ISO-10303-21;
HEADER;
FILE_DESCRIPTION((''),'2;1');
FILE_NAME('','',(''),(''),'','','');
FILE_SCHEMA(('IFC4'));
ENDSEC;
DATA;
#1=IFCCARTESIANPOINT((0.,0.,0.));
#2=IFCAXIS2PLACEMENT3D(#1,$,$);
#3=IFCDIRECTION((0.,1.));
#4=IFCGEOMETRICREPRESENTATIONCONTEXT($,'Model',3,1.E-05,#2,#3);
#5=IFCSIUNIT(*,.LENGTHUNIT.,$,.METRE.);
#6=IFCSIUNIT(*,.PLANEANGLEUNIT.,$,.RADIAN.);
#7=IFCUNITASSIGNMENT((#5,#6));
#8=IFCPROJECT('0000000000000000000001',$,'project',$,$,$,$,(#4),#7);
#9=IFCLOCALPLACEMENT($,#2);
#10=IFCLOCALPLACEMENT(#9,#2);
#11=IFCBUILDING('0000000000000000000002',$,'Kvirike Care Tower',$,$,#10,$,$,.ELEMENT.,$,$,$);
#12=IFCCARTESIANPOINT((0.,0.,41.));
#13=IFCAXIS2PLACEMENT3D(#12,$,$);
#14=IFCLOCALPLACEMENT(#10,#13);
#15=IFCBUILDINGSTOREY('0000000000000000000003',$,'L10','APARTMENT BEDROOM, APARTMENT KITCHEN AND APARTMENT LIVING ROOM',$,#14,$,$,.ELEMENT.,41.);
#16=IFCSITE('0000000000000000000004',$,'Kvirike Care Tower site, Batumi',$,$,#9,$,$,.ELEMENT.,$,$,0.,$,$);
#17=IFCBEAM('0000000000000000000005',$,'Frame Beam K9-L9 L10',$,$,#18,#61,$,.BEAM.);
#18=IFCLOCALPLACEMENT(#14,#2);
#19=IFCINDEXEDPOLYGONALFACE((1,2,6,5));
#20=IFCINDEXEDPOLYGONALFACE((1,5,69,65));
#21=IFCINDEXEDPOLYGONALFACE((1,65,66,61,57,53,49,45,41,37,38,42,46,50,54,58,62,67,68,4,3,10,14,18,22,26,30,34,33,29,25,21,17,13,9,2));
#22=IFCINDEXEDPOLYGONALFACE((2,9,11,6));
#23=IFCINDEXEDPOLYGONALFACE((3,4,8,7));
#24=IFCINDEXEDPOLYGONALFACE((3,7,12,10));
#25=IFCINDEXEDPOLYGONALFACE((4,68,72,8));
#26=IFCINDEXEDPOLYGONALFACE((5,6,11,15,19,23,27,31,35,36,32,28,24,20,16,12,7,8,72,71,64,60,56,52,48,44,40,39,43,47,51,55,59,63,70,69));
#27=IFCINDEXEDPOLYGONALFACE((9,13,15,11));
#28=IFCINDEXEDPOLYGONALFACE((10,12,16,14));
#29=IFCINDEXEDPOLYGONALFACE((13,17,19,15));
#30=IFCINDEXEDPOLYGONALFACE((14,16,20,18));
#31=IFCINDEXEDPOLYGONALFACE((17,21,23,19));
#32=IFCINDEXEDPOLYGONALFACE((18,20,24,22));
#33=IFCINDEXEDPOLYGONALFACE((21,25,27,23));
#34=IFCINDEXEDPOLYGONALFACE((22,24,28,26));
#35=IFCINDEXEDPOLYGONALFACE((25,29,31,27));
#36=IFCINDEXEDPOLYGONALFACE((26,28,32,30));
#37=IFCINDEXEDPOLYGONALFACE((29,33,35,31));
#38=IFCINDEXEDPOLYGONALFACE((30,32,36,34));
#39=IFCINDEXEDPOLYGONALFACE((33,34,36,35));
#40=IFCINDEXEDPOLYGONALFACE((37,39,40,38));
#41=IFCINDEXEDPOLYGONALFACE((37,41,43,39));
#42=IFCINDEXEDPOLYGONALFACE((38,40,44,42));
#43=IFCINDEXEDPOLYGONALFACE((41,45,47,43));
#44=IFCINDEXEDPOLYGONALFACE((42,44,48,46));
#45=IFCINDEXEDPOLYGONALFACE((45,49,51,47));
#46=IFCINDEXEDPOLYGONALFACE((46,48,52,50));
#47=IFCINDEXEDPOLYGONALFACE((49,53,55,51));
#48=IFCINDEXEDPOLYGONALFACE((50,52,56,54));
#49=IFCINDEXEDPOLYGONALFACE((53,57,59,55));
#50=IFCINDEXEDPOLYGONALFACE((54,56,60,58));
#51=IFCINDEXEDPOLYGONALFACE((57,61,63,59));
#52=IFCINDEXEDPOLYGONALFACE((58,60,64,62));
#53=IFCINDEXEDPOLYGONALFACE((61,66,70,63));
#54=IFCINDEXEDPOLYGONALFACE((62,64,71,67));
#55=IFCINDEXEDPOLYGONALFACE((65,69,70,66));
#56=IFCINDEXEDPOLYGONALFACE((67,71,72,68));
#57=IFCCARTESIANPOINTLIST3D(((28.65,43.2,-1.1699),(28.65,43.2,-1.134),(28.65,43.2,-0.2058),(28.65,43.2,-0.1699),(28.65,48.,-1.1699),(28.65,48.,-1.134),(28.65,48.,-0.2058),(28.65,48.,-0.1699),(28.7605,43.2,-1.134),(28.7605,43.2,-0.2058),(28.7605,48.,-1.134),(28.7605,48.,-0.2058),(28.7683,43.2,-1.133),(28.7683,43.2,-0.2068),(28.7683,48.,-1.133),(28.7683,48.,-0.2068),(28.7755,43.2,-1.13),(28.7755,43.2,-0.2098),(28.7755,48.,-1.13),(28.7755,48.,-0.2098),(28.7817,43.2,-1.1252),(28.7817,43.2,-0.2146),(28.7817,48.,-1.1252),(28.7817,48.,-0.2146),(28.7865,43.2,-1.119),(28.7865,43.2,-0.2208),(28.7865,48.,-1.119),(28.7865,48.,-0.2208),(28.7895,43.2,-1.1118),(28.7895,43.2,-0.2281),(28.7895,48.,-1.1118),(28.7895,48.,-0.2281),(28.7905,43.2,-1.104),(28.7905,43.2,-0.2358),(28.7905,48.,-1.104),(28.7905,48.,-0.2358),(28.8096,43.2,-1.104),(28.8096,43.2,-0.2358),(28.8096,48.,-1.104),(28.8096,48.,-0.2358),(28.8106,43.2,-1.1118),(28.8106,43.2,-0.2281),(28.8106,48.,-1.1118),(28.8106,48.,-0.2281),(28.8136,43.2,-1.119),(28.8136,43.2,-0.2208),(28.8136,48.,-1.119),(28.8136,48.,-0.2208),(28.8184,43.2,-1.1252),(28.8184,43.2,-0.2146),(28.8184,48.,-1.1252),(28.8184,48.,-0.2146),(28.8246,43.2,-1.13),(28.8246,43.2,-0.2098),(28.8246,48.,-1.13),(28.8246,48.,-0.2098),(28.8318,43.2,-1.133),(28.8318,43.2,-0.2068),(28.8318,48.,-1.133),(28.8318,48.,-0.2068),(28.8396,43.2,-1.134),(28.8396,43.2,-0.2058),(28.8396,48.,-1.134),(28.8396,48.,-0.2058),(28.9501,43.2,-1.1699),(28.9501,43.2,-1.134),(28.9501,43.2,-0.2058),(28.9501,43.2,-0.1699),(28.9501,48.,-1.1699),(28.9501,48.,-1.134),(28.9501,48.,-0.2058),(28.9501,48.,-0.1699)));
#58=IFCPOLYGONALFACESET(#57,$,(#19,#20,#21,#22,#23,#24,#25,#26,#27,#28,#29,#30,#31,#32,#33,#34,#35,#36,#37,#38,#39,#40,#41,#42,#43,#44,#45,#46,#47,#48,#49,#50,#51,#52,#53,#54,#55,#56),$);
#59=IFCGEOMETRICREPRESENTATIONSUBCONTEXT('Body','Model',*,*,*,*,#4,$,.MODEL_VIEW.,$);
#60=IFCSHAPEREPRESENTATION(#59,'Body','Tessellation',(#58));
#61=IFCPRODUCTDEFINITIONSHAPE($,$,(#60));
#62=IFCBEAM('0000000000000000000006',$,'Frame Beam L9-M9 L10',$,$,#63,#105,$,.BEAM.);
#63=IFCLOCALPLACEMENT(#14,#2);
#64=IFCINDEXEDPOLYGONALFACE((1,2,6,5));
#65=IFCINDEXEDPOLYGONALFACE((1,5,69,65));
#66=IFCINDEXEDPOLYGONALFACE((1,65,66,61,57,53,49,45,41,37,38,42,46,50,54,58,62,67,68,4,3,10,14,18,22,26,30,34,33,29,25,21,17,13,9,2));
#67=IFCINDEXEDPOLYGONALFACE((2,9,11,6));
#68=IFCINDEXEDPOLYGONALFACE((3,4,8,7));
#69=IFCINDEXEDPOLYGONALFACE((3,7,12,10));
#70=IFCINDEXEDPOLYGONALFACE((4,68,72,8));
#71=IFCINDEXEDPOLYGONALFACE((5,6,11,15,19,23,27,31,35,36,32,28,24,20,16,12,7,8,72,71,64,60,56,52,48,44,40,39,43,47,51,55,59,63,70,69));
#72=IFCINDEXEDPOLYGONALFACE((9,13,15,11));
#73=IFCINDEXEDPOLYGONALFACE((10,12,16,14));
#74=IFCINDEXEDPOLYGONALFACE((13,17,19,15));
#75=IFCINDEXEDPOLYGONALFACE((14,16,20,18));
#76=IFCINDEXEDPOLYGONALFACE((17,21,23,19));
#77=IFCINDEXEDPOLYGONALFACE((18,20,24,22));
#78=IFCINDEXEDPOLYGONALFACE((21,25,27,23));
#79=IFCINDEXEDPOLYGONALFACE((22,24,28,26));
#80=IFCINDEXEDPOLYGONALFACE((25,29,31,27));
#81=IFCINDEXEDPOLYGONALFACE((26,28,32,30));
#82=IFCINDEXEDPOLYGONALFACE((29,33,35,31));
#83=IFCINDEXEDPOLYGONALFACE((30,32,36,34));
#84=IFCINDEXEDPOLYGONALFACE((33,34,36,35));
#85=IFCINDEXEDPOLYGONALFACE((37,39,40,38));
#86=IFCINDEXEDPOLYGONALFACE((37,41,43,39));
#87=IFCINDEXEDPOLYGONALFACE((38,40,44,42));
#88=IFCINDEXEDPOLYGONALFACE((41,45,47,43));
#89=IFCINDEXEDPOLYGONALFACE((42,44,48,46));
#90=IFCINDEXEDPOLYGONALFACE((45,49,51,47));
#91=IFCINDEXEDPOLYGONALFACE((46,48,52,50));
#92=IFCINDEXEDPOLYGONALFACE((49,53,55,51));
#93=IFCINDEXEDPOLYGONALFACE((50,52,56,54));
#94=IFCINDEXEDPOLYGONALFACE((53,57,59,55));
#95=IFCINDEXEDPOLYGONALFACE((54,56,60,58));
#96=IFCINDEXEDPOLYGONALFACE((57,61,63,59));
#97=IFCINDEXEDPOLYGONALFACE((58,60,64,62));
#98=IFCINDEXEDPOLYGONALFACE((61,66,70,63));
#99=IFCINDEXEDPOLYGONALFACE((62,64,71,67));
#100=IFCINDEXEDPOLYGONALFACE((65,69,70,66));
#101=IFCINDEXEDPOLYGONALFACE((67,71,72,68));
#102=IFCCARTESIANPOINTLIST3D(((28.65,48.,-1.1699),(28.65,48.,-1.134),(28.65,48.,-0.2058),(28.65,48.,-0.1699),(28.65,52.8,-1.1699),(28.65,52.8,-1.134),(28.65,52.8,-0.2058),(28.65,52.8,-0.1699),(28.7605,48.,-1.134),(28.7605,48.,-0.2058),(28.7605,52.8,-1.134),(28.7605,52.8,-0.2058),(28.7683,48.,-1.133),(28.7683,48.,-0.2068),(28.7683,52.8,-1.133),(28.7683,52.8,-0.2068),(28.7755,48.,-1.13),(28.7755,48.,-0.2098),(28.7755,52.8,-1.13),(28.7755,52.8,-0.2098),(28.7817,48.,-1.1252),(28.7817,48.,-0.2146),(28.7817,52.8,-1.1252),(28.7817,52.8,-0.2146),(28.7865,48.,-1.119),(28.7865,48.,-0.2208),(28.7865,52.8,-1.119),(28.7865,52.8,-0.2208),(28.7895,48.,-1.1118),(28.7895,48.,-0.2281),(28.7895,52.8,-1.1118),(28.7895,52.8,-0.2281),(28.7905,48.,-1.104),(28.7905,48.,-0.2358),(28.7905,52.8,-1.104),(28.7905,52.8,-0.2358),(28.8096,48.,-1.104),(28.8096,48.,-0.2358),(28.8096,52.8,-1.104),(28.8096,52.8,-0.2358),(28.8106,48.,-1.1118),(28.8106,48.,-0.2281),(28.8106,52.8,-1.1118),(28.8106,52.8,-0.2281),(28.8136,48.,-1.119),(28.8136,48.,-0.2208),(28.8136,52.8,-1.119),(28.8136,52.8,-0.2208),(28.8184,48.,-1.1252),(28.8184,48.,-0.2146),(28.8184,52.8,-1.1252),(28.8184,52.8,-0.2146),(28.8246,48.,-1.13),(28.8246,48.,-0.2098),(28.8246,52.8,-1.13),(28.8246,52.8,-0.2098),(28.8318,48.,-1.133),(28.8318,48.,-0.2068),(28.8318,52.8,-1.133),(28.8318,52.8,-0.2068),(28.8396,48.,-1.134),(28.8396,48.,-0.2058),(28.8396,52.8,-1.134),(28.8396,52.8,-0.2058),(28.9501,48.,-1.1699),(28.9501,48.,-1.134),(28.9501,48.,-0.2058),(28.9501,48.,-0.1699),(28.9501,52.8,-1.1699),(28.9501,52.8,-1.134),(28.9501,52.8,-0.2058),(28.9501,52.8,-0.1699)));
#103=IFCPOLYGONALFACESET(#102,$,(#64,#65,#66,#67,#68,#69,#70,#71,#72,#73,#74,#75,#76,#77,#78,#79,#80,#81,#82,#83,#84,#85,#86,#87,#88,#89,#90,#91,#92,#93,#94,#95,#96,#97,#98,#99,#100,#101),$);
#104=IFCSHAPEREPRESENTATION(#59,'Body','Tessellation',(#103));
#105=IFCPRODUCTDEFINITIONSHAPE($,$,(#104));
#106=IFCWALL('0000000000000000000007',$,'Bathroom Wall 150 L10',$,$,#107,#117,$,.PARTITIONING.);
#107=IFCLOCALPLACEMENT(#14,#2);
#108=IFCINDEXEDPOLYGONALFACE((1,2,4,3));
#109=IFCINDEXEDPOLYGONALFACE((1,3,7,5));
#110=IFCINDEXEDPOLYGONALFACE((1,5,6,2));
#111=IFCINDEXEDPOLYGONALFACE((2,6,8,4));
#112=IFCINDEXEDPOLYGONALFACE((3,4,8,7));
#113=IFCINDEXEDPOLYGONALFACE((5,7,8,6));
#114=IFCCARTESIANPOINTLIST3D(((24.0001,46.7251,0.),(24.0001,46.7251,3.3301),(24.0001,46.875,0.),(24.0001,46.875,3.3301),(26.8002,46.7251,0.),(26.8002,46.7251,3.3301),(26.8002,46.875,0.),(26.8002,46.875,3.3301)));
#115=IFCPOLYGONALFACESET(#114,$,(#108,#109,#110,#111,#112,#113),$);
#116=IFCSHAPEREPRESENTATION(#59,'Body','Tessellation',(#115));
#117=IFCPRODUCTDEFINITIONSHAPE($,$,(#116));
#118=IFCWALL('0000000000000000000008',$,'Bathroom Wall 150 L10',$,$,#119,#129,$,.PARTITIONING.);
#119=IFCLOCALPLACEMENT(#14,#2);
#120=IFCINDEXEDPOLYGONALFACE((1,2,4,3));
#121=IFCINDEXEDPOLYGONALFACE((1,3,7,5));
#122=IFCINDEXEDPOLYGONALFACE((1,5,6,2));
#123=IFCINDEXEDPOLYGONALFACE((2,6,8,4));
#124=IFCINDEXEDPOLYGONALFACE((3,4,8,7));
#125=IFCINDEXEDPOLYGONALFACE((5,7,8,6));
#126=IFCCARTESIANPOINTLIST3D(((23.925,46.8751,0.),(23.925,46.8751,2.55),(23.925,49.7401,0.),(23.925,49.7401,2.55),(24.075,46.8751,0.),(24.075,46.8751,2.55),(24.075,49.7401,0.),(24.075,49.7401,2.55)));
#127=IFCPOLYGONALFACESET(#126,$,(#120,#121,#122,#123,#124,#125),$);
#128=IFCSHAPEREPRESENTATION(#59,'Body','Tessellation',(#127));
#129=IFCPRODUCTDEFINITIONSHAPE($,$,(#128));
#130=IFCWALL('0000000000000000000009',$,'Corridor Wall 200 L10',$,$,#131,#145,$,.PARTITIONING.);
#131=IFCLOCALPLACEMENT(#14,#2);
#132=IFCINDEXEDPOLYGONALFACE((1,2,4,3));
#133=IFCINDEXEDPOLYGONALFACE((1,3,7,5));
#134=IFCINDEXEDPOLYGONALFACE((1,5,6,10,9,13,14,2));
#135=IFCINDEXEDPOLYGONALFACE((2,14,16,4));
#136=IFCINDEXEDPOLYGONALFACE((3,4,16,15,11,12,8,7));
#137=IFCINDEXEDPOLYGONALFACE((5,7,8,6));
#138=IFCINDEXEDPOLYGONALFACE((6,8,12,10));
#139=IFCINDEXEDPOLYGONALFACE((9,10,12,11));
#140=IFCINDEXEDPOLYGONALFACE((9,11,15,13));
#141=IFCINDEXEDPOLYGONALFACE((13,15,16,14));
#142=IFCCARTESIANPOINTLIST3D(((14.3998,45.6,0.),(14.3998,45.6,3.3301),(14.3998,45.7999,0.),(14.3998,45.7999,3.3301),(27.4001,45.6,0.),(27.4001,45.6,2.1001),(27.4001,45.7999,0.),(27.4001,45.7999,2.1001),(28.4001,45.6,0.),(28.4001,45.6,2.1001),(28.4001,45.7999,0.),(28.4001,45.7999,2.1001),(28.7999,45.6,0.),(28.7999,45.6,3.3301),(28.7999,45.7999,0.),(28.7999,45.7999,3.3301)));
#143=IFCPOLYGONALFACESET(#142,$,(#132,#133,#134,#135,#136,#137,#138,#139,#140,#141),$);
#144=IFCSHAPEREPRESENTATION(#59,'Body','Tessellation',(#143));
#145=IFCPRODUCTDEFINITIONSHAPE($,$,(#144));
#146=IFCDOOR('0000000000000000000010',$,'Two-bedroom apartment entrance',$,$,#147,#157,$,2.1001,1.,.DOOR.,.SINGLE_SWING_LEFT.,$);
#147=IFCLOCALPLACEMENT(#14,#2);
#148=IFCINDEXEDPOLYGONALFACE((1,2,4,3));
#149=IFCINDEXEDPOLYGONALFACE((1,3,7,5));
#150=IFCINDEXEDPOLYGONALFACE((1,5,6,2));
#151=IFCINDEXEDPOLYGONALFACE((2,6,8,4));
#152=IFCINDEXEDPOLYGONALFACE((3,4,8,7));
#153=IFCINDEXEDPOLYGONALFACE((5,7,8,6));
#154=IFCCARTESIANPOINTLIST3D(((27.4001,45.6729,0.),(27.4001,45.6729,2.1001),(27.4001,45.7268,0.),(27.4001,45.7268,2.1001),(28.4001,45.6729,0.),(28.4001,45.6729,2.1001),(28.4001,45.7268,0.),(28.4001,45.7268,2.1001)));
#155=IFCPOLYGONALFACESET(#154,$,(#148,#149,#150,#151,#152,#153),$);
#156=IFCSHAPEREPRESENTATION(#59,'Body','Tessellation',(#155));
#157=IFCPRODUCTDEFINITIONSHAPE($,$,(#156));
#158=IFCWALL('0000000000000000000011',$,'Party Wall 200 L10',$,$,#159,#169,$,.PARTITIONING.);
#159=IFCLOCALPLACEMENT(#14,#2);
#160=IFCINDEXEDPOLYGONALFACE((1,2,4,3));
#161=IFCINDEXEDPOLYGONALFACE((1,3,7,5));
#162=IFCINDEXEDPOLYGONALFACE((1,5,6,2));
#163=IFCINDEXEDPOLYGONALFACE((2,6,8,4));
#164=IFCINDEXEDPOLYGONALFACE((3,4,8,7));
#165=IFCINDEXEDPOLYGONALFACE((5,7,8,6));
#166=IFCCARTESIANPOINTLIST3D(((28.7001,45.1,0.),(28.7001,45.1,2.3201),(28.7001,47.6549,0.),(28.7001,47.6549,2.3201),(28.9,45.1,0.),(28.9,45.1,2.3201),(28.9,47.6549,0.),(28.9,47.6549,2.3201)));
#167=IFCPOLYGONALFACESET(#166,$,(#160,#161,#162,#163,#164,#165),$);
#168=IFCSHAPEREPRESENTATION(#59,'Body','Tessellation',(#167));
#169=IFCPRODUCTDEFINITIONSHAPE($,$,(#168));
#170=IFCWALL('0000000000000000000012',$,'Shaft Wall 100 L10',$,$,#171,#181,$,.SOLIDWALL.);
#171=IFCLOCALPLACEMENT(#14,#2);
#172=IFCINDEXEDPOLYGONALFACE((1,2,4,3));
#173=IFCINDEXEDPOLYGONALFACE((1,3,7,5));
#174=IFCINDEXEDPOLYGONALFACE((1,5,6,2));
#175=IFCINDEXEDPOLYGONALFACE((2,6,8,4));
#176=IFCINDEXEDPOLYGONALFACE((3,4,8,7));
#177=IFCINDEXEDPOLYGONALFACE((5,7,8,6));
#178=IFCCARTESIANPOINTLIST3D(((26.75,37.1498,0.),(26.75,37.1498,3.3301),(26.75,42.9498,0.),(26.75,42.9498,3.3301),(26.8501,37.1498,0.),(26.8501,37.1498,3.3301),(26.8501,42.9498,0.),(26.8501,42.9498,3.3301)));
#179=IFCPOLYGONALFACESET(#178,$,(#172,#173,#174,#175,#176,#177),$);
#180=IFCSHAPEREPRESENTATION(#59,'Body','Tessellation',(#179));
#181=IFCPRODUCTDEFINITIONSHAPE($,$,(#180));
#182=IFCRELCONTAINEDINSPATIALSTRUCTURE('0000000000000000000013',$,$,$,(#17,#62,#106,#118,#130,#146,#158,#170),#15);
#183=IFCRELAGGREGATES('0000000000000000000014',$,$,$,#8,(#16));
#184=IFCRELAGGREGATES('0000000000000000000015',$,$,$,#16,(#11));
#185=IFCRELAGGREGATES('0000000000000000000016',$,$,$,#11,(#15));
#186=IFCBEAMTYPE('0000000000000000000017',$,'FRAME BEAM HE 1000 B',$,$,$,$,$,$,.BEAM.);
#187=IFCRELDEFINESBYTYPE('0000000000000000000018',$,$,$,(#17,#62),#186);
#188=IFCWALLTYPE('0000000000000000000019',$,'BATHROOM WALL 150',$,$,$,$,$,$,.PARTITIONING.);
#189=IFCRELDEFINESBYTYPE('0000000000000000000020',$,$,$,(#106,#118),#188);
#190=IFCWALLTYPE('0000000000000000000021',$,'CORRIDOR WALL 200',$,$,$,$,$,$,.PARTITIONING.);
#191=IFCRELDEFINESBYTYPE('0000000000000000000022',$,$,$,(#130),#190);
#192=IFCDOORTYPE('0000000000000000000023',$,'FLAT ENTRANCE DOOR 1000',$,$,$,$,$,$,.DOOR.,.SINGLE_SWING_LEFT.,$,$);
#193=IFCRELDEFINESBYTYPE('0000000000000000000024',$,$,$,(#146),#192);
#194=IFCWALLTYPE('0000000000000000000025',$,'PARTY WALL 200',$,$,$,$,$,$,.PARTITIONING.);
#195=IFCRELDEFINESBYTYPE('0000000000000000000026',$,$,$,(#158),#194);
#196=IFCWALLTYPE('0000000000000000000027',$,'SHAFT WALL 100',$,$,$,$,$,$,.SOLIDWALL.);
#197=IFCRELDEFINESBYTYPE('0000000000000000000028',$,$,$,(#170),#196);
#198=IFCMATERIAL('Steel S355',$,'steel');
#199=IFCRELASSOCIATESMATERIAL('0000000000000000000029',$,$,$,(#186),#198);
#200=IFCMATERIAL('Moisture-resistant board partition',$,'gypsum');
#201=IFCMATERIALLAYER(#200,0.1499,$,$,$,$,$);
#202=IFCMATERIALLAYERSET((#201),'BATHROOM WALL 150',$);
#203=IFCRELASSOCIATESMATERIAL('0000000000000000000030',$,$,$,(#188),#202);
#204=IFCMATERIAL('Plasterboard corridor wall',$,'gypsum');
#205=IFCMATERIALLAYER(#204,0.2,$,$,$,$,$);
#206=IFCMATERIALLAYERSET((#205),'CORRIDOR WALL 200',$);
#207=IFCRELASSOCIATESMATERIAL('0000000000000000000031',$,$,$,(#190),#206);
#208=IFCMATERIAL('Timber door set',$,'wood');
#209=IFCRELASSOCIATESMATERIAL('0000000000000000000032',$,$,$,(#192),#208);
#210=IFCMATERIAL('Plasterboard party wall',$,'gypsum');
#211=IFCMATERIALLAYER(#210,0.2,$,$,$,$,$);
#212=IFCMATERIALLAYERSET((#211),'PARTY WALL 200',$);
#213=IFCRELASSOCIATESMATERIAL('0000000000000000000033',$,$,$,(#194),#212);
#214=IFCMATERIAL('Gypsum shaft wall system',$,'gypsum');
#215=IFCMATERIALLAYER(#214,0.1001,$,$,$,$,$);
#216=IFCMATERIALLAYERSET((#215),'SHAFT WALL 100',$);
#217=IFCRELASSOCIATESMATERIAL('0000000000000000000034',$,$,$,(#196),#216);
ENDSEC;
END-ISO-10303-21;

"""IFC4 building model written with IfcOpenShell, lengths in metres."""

from ifc_helpers import new_model, si_unit, direction, frame, frame_2d, origin, origin_2d, place, context, subcontext, project, spatial, rectangle, i_section, extrude, material, layer, layer_set, material_profile, profile_set, type_object, element, fill, save


model = new_model("IFC4")

# Units and contexts
model_context = context("Model", 3, precision=1e-05, world=origin(), true_north=direction((0.0, 1.0)))
body_context = subcontext(model_context, "Body", "Model", "MODEL_VIEW")
ifc_project = project(units=[si_unit("LENGTHUNIT", "METRE"), si_unit("PLANEANGLEUNIT", "RADIAN")], contexts=[model_context])

# Site, building, storey
site_placement = place(None, origin())
site = spatial("IfcSite", under=ifc_project, at=site_placement, Name="Kvirike Care Tower site, Batumi", CompositionType="ELEMENT", RefElevation=0.0)
building_placement = place(site_placement, origin())
building = spatial("IfcBuilding", under=site, at=building_placement, Name="Kvirike Care Tower", CompositionType="ELEMENT")
storey_placement = place(building_placement, frame((0.0, 0.0, 41.0)))
storey = spatial("IfcBuildingStorey", under=building, at=storey_placement, Name="L10", Description="APARTMENT BEDROOM, APARTMENT KITCHEN AND APARTMENT LIVING ROOM", CompositionType="ELEMENT", Elevation=41.0)

# Beams
ifc_material_1 = material(Name="Steel S355", Category="steel")
ifc_material_profile_1 = material_profile(ifc_material_1, i_section(OverallWidth=0.3, OverallDepth=1.0, WebThickness=0.019, FlangeThickness=0.0359, FilletRadius=0.03, at=origin_2d()), Name="HE 1000 B")
ifc_profile_set_1 = profile_set([ifc_material_profile_1], Name="Steel S355")
beam_type_1 = type_object("IfcBeamType", Name="FRAME BEAM HE 1000 B", PredefinedType="BEAM", material=ifc_profile_set_1)
for number, where, z_axis, x_axis, name in (
    (1, (28.8, 43.2, -0.6699), (0.0, 1.0, 0.0), (-1.0, 0.0, 0.0), "Frame Beam K9-L9 L10"),
    (2, (28.8, 48.0, -0.6699), (0.0, 1.0, 0.0), (-1.0, 0.0, 0.0), "Frame Beam L9-M9 L10"),
):
    element("IfcBeam", number, at=place(storey_placement, frame(where, z_axis=z_axis, x_axis=x_axis)), inside=storey, type_object=beam_type_1, Name=name, PredefinedType="BEAM", context=body_context, shape_type="SweptSolid", body=[
        extrude(i_section(OverallWidth=0.3, OverallDepth=1.0, WebThickness=0.019, FlangeThickness=0.0359, FilletRadius=0.03, at=origin_2d()), origin(), (0.0, 0.0, 1.0), 4.8),
    ])

# Walls
ifc_material_2 = material(Name="Moisture-resistant board partition", Category="gypsum")
ifc_layer_1 = layer(ifc_material_2, 0.1499)
ifc_layer_set_1 = layer_set([ifc_layer_1], Name="BATHROOM WALL 150")
wall_type_1 = type_object("IfcWallType", Name="BATHROOM WALL 150", PredefinedType="PARTITIONING", material=ifc_layer_set_1)
wall_1_placement = place(storey_placement, frame((26.8, 46.8, 0.0), z_axis=(0.0, 0.0, 1.0), x_axis=(-1.0, 0.0, 0.0)))
element("IfcWall", 3, at=wall_1_placement, inside=storey, type_object=wall_type_1, Name="Bathroom Wall 150 L10", PredefinedType="PARTITIONING", context=body_context, shape_type="SweptSolid", body=[
    extrude(rectangle(XDim=2.8, YDim=0.1499, at=frame_2d((1.3999, 0.0))), origin(), (0.0, 0.0, 1.0), 3.3301),
])
wall_2_placement = place(storey_placement, frame((24.0, 46.875, 0.0), z_axis=(0.0, 0.0, 1.0), x_axis=(0.0, 1.0, 0.0)))
element("IfcWall", 4, at=wall_2_placement, inside=storey, type_object=wall_type_1, Name="Bathroom Wall 150 L10", PredefinedType="PARTITIONING", context=body_context, shape_type="SweptSolid", body=[
    extrude(rectangle(XDim=2.865, YDim=0.1499, at=frame_2d((1.4326, 0.0))), origin(), (0.0, 0.0, 1.0), 2.55),
])

# Wall, opening, door
ifc_material_3 = material(Name="Plasterboard corridor wall", Category="gypsum")
ifc_layer_2 = layer(ifc_material_3, 0.2)
ifc_layer_set_2 = layer_set([ifc_layer_2], Name="CORRIDOR WALL 200")
wall_type_2 = type_object("IfcWallType", Name="CORRIDOR WALL 200", PredefinedType="PARTITIONING", material=ifc_layer_set_2)
wall_3_placement = place(storey_placement, frame((28.8, 45.7, 0.0), z_axis=(0.0, 0.0, 1.0), x_axis=(-1.0, 0.0, 0.0)))
wall_3 = element("IfcWall", 5, at=wall_3_placement, inside=storey, type_object=wall_type_2, Name="Corridor Wall 200 L10", PredefinedType="PARTITIONING", context=body_context, shape_type="SweptSolid", body=[
    extrude(rectangle(XDim=14.4001, YDim=0.2, at=frame_2d((7.2002, 0.0))), origin(), (0.0, 0.0, 1.0), 3.3301),
])
opening_1_placement = place(wall_3_placement, frame((0.3999, 0.0, 0.0)))
opening_1 = element("IfcOpeningElement", 6, at=opening_1_placement, cuts=wall_3, PredefinedType="OPENING", context=body_context, shape_type="SweptSolid", body=[
    extrude(rectangle(XDim=1.0, YDim=2.1001, at=frame_2d((0.5, 1.05))), frame((0.0, 0.1106, 0.0), z_axis=(0.0, -1.0, 0.0), x_axis=(1.0, 0.0, 0.0)), (0.0, 0.0, 1.0), 0.2209),
])
ifc_material_4 = material(Name="Timber door set", Category="wood")
door_type_1 = type_object("IfcDoorType", Name="FLAT ENTRANCE DOOR 1000", OperationType="SINGLE_SWING_LEFT", PredefinedType="DOOR", material=ifc_material_4)
door_1_placement = place(opening_1_placement, frame((1.0, 0.0, 0.0), z_axis=(0.0, 0.0, 1.0), x_axis=(-1.0, 0.0, 0.0)))
door_1 = element("IfcDoor", 7, at=door_1_placement, inside=storey, type_object=door_type_1, Name="Two-bedroom apartment entrance", OperationType="SINGLE_SWING_LEFT", OverallHeight=2.1001, OverallWidth=1.0, PredefinedType="DOOR", context=body_context, shape_type="SweptSolid", body=[
    extrude(rectangle(XDim=1.0, YDim=2.1001, at=frame_2d((0.5, 1.05))), frame((0.0, 0.0269, 0.0), z_axis=(0.0, -1.0, 0.0), x_axis=(1.0, 0.0, 0.0)), (0.0, 0.0, 1.0), 0.054),
])
fill(opening_1, door_1)

# Walls
ifc_material_5 = material(Name="Plasterboard party wall", Category="gypsum")
ifc_layer_3 = layer(ifc_material_5, 0.2)
ifc_layer_set_3 = layer_set([ifc_layer_3], Name="PARTY WALL 200")
wall_type_3 = type_object("IfcWallType", Name="PARTY WALL 200", PredefinedType="PARTITIONING", material=ifc_layer_set_3)
wall_4_placement = place(storey_placement, frame((28.8, 45.1001, 0.0), z_axis=(0.0, 0.0, 1.0), x_axis=(0.0, 1.0, 0.0)))
element("IfcWall", 8, at=wall_4_placement, inside=storey, type_object=wall_type_3, Name="Party Wall 200 L10", PredefinedType="PARTITIONING", context=body_context, shape_type="SweptSolid", body=[
    extrude(rectangle(XDim=2.5549, YDim=0.2, at=frame_2d((1.2773, 0.0))), origin(), (0.0, 0.0, 1.0), 2.3201),
])
ifc_material_6 = material(Name="Gypsum shaft wall system", Category="gypsum")
ifc_layer_4 = layer(ifc_material_6, 0.1001)
ifc_layer_set_4 = layer_set([ifc_layer_4], Name="SHAFT WALL 100")
wall_type_4 = type_object("IfcWallType", Name="SHAFT WALL 100", PredefinedType="SOLIDWALL", material=ifc_layer_set_4)
for number, where, z_axis, x_axis, name in (
    (9, (26.8, 37.1499, 0.0), (0.0, 0.0, 1.0), (0.0, 1.0, 0.0), "Shaft Wall 100 L10"),
):
    element("IfcWall", number, at=place(storey_placement, frame(where, z_axis=z_axis, x_axis=x_axis)), inside=storey, type_object=wall_type_4, Name=name, PredefinedType="SOLIDWALL", context=body_context, shape_type="SweptSolid", body=[
        extrude(rectangle(XDim=5.8, YDim=0.1001, at=frame_2d((2.8999, 0.0))), origin(), (0.0, 0.0, 1.0), 3.3301),
    ])

save(model, "model.ifc")
